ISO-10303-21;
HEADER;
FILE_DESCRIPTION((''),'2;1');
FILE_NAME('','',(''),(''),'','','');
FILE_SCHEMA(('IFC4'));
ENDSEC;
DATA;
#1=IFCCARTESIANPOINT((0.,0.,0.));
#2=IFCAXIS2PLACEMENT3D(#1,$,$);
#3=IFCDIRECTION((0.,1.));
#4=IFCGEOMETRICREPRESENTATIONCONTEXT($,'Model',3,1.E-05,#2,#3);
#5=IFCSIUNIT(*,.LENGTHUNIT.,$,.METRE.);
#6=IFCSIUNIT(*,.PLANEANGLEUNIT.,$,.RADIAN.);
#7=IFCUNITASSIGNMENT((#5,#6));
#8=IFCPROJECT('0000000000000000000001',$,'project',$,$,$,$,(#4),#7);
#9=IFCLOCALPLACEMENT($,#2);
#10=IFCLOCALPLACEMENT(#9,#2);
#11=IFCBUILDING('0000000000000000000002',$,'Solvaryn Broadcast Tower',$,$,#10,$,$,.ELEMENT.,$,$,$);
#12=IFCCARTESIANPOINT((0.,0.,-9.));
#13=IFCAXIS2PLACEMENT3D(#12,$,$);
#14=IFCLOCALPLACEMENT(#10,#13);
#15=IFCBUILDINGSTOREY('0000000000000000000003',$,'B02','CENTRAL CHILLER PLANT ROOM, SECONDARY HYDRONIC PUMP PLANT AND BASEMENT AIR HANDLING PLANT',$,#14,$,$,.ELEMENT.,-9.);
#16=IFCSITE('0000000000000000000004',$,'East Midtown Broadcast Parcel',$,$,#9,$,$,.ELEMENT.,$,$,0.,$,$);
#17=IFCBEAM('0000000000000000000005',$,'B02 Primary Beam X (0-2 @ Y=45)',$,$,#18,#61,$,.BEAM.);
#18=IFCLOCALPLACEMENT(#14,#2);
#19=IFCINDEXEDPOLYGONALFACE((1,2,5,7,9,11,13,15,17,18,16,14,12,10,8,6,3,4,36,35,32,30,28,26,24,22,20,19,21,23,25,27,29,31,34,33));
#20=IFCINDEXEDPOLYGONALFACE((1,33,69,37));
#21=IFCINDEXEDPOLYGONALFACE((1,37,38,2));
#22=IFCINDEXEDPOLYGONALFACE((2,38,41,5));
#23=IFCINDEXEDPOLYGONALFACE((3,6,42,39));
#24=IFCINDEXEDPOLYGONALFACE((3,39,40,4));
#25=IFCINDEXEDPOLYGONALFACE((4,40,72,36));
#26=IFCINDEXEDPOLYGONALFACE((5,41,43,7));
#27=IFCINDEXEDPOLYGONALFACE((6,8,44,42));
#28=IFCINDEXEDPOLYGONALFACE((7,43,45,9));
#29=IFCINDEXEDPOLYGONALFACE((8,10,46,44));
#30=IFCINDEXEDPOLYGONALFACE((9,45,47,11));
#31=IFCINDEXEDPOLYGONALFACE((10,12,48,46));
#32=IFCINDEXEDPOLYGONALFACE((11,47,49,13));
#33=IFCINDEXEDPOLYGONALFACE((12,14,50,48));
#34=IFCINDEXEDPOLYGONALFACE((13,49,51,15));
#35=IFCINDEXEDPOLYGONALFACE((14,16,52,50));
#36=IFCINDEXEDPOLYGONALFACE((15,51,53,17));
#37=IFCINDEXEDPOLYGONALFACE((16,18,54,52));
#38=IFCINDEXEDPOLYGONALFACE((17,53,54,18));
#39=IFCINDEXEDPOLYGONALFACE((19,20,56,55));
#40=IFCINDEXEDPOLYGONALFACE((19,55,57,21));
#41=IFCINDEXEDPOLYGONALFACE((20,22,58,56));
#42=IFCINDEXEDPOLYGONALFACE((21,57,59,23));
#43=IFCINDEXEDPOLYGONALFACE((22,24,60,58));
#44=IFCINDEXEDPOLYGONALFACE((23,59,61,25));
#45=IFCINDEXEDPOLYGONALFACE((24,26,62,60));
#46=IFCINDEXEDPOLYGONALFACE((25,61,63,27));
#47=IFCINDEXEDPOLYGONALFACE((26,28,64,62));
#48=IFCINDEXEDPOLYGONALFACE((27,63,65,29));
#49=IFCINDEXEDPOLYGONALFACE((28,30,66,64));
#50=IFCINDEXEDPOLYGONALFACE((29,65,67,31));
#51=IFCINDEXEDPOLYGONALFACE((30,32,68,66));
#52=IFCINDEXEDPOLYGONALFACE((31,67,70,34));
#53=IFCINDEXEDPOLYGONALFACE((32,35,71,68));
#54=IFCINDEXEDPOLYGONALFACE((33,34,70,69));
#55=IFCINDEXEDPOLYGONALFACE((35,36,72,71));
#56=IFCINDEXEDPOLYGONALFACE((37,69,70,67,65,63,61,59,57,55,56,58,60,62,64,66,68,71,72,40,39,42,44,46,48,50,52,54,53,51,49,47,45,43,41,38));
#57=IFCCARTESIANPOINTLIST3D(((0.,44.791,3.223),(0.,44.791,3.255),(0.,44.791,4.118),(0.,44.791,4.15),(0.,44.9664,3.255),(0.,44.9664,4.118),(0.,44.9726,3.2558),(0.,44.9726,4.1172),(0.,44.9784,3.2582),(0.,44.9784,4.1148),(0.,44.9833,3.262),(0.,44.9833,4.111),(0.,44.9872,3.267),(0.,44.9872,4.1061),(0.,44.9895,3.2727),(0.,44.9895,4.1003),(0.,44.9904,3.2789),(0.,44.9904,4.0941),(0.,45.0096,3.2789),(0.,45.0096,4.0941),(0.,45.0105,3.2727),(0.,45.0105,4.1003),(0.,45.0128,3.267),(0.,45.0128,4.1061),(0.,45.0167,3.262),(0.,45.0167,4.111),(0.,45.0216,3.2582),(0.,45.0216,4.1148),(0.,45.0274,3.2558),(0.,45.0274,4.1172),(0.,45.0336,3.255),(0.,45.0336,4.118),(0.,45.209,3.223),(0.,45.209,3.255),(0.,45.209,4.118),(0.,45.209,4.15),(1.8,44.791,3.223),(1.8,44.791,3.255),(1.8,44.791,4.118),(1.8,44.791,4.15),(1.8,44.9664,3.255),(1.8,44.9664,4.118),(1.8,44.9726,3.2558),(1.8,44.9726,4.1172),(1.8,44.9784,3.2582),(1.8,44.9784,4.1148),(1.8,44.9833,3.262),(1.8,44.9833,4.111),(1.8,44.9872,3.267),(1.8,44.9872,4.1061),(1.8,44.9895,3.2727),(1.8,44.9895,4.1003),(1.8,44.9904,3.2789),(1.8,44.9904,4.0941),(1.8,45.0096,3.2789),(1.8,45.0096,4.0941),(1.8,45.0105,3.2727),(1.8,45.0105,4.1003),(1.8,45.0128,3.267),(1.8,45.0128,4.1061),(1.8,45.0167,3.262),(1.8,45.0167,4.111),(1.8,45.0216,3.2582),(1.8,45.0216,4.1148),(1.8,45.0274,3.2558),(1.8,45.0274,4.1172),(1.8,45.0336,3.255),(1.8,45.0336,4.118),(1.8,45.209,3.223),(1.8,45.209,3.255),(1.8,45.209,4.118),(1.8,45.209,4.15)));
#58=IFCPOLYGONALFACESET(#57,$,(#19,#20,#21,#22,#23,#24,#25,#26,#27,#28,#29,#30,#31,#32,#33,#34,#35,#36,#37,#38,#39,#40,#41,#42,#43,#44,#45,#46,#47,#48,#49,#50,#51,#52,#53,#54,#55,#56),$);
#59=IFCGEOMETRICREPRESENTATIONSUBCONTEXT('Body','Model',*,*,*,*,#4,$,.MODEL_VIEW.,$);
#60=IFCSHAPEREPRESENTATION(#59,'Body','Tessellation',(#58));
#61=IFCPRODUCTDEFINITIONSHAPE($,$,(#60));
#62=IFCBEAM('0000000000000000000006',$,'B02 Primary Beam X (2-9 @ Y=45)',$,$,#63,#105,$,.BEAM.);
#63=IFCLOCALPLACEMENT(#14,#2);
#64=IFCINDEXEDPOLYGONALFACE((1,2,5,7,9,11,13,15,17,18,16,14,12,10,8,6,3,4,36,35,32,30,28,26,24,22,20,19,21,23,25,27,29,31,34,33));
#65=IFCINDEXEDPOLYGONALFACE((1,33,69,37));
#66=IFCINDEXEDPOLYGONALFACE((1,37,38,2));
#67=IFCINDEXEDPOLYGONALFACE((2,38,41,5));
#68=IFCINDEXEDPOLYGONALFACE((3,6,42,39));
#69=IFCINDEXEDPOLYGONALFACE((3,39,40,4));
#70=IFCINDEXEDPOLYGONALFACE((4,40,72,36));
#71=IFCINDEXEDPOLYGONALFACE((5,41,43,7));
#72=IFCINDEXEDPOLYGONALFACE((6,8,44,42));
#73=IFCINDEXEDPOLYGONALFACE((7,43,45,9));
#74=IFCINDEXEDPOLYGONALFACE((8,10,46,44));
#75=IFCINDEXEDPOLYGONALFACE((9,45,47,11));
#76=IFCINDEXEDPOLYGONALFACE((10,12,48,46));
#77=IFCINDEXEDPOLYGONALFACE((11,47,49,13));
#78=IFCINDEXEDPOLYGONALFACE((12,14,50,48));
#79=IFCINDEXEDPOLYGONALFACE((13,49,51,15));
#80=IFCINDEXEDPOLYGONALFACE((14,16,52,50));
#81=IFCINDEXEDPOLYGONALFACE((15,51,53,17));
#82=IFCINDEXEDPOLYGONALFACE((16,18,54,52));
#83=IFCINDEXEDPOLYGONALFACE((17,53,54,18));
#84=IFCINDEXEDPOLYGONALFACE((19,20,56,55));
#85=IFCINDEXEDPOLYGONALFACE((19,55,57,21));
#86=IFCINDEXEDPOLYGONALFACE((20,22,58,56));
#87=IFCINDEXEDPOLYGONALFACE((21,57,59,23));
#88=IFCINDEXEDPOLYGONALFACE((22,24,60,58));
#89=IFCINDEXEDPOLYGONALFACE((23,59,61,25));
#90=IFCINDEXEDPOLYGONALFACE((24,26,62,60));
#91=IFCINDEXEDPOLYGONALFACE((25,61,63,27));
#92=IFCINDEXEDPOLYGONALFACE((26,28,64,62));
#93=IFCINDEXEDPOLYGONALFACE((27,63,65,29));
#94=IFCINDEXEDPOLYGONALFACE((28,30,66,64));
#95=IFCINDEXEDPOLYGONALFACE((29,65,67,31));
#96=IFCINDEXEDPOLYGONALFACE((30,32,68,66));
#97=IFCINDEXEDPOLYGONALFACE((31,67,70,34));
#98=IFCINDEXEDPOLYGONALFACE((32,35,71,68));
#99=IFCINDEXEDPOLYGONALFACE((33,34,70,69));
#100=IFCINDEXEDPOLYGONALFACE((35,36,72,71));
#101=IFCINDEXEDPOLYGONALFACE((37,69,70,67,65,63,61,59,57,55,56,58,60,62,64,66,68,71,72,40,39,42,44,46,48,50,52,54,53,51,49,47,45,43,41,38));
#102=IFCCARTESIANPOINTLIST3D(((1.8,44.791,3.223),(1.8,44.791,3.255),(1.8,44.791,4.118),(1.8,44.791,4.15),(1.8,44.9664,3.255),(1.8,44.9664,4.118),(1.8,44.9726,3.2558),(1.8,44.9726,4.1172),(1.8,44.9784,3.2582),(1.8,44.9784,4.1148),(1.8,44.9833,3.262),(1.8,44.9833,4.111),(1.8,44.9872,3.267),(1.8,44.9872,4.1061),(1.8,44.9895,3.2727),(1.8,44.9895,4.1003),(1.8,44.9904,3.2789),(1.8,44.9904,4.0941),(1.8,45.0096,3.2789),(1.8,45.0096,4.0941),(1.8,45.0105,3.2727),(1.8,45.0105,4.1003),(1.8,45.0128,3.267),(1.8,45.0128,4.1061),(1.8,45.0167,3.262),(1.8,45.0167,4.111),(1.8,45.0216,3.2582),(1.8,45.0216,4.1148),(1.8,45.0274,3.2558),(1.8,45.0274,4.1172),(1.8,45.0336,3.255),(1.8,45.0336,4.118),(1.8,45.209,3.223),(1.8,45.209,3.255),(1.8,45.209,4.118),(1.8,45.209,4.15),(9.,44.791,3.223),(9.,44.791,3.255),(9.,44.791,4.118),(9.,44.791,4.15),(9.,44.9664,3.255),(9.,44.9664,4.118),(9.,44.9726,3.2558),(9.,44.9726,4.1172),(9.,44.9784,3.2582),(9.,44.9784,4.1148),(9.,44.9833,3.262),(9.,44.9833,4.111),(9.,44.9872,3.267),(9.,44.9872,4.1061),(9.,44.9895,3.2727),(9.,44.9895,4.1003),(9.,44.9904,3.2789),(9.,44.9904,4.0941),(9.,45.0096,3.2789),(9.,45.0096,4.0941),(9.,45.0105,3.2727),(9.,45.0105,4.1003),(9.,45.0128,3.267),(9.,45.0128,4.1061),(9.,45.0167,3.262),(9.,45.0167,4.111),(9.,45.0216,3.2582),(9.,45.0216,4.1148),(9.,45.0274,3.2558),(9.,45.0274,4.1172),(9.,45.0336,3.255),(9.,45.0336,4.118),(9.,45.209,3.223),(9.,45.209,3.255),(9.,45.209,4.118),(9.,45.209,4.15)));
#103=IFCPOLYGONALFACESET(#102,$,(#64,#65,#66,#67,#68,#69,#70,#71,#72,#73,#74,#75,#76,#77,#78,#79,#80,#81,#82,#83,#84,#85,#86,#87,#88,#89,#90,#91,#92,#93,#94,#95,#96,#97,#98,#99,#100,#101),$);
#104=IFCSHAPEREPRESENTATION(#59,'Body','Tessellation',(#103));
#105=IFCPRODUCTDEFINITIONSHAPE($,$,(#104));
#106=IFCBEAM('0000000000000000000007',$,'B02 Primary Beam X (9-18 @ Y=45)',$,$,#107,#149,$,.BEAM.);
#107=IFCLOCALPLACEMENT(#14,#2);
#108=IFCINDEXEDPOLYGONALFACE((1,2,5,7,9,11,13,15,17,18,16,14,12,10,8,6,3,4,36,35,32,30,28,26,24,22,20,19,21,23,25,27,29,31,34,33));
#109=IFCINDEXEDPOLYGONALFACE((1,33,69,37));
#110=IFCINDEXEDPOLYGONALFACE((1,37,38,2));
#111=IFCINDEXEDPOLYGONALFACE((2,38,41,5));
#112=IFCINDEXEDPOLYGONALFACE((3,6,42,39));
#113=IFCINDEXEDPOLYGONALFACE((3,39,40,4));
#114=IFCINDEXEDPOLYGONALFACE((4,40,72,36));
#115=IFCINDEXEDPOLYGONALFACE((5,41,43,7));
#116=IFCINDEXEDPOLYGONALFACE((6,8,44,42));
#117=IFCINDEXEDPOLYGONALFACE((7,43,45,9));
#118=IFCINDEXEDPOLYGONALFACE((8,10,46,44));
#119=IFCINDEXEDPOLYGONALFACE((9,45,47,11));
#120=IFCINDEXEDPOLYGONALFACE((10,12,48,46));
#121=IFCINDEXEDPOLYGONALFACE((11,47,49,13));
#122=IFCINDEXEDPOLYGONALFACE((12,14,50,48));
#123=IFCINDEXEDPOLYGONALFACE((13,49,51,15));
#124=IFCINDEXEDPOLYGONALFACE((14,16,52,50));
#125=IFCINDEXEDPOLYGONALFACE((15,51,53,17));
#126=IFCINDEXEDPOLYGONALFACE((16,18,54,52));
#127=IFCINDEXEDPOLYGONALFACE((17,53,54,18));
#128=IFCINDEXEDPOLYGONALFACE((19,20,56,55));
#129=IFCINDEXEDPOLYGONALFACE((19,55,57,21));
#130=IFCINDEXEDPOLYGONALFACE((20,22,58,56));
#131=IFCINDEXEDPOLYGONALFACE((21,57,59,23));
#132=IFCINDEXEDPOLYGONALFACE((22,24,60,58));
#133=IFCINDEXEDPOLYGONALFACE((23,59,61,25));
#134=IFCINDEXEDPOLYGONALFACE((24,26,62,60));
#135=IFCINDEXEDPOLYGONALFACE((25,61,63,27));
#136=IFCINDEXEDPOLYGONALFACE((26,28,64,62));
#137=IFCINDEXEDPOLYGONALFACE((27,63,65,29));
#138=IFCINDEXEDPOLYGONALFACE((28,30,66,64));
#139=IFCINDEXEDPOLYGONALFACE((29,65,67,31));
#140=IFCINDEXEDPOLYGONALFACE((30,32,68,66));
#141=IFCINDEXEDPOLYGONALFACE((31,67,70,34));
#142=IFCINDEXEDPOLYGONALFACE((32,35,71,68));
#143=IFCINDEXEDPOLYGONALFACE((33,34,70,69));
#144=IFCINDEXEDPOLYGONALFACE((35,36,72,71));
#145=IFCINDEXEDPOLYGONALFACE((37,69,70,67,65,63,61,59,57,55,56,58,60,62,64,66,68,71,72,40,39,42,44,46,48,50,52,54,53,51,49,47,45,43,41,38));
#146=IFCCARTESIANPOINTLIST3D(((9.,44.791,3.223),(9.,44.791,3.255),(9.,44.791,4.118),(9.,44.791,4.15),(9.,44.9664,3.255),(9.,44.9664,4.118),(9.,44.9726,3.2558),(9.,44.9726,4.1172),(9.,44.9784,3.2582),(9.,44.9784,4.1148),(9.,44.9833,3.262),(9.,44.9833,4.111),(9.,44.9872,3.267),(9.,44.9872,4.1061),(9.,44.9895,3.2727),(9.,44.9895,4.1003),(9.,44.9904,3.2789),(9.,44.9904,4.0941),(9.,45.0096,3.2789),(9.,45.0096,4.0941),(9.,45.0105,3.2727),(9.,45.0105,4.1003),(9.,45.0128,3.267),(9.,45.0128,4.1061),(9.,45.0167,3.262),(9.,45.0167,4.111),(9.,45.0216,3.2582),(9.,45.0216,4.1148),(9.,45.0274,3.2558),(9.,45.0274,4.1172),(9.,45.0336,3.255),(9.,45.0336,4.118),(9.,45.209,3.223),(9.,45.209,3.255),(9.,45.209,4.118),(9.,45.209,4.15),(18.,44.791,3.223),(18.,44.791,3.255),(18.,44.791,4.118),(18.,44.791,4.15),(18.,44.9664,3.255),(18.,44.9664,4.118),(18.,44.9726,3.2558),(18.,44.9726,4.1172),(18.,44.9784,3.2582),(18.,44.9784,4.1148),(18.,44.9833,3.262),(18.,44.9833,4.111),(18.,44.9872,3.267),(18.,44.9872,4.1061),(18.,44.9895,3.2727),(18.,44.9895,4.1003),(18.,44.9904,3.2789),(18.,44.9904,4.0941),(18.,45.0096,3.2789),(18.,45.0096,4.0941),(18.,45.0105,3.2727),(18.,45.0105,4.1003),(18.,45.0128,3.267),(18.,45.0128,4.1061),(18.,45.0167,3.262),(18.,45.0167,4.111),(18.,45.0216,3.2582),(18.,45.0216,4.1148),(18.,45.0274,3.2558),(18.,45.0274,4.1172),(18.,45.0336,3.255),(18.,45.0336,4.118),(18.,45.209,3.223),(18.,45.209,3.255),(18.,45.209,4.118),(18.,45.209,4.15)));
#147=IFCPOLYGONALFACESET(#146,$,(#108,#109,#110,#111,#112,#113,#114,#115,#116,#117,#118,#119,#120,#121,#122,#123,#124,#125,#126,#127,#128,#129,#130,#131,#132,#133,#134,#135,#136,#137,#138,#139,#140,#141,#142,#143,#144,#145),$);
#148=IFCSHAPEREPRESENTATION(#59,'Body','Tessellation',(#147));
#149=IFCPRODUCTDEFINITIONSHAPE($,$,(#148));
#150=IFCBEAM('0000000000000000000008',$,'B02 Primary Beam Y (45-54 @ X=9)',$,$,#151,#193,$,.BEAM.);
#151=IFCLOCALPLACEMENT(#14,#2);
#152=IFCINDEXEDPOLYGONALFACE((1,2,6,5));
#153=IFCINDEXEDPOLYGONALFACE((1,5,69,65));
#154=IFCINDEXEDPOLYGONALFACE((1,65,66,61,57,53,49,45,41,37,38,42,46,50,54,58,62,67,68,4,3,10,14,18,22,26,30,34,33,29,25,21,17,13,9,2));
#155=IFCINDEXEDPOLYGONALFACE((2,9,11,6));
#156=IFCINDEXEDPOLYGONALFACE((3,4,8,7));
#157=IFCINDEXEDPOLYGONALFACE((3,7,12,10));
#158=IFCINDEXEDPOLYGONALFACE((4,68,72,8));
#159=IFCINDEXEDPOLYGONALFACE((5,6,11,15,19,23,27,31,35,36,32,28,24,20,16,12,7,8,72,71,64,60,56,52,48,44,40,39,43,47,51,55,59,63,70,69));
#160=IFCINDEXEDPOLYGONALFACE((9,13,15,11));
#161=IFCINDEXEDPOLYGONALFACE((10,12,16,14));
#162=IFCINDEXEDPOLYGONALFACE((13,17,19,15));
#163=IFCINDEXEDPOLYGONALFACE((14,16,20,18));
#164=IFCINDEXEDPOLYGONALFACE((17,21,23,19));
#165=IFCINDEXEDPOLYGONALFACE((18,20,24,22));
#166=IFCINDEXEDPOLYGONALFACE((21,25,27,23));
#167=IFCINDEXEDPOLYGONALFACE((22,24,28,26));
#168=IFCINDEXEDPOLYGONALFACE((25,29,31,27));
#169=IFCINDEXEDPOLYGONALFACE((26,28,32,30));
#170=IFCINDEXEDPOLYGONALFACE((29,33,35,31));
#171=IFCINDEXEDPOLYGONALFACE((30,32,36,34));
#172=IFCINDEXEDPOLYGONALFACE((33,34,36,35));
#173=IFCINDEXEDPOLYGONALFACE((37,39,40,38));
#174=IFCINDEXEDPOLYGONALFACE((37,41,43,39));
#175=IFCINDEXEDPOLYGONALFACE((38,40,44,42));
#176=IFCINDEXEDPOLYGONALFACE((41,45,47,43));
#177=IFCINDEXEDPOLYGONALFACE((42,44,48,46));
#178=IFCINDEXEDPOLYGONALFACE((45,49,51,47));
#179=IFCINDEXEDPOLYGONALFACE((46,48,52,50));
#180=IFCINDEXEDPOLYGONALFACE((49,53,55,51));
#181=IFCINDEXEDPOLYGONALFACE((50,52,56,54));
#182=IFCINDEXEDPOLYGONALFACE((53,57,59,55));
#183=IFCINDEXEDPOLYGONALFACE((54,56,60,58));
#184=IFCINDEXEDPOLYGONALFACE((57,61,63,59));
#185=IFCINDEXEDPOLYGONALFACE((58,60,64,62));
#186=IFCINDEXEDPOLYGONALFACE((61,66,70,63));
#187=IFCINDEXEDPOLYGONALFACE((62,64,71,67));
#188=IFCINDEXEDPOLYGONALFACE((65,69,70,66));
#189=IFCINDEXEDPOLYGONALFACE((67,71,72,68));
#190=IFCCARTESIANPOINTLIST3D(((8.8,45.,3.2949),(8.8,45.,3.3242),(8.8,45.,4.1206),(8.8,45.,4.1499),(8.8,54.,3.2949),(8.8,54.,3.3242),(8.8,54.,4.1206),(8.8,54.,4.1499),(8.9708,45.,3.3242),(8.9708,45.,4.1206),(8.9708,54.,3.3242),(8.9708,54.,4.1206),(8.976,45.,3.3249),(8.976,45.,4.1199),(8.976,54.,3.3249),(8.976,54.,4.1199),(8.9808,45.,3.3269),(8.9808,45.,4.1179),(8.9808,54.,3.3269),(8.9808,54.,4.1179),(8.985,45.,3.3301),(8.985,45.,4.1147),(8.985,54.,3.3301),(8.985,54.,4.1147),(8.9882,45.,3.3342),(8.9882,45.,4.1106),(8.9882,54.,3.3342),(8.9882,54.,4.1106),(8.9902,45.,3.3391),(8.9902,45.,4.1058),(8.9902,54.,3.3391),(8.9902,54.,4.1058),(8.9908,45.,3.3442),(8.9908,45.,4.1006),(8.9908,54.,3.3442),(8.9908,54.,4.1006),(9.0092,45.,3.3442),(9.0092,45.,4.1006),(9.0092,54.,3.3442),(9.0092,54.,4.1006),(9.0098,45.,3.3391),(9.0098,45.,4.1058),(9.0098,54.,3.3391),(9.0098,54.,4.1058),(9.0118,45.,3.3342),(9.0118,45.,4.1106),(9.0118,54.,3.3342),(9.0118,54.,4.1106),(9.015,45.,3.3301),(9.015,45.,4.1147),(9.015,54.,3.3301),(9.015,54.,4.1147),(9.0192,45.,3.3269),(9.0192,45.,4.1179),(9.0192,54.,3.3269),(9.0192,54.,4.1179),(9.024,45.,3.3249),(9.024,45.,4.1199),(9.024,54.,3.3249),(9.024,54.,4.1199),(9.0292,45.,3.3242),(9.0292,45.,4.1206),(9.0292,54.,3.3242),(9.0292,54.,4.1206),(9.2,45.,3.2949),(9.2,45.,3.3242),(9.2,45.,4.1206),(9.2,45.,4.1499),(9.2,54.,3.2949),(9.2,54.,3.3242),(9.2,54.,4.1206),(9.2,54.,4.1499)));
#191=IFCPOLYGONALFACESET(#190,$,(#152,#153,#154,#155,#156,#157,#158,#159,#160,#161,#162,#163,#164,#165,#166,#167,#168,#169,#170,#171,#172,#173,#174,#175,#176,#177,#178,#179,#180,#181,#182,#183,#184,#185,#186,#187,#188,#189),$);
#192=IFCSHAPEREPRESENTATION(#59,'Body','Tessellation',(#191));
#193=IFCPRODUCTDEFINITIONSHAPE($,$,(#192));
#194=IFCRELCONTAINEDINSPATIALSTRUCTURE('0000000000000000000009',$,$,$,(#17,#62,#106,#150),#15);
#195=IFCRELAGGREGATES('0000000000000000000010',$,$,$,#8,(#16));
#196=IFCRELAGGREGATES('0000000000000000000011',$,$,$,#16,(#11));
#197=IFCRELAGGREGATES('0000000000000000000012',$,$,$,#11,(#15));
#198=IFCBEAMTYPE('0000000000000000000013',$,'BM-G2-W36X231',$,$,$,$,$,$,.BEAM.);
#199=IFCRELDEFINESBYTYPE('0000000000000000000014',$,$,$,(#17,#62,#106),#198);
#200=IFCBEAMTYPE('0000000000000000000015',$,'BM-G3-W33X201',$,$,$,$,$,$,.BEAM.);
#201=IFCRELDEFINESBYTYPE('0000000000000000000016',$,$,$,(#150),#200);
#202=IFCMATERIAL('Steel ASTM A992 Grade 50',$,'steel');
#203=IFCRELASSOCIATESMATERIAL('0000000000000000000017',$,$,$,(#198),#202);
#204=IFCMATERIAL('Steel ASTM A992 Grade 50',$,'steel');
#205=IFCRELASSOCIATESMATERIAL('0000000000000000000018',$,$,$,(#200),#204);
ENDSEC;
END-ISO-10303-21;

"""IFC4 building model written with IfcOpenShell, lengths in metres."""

from ifc_helpers import new_model, si_unit, direction, frame, origin, origin_2d, place, context, subcontext, project, spatial, i_section, extrude, material, material_profile, profile_set, type_object, element, save


model = new_model("IFC4")

# Units and contexts
model_context = context("Model", 3, precision=1e-05, world=origin(), true_north=direction((0.0, 1.0)))
body_context = subcontext(model_context, "Body", "Model", "MODEL_VIEW")
ifc_project = project(units=[si_unit("LENGTHUNIT", "METRE"), si_unit("PLANEANGLEUNIT", "RADIAN")], contexts=[model_context])

# Site, building, storey
site_placement = place(None, origin())
site = spatial("IfcSite", under=ifc_project, at=site_placement, Name="East Midtown Broadcast Parcel", CompositionType="ELEMENT", RefElevation=0.0)
building_placement = place(site_placement, origin())
building = spatial("IfcBuilding", under=site, at=building_placement, Name="Solvaryn Broadcast Tower", CompositionType="ELEMENT")
storey_placement = place(building_placement, frame((0.0, 0.0, -9.0)))
storey = spatial("IfcBuildingStorey", under=building, at=storey_placement, Name="B02", Description="CENTRAL CHILLER PLANT ROOM, SECONDARY HYDRONIC PUMP PLANT AND BASEMENT AIR HANDLING PLANT", CompositionType="ELEMENT", Elevation=-9.0)

# Beams
ifc_material_1 = material(Name="Steel ASTM A992 Grade 50", Category="steel")
ifc_material_profile_1 = material_profile(ifc_material_1, i_section(OverallWidth=0.418, OverallDepth=0.927, WebThickness=0.0193, FlangeThickness=0.032, FilletRadius=0.0239, at=origin_2d()))
ifc_profile_set_1 = profile_set([ifc_material_profile_1], Name="Steel ASTM A992 Grade 50")
beam_type_1 = type_object("IfcBeamType", Name="BM-G2-W36X231", PredefinedType="BEAM", material=ifc_profile_set_1)
beam_1_placement = place(storey_placement, frame((0.0, 45.0, 3.6865), z_axis=(1.0, 0.0, 0.0), x_axis=(0.0, 1.0, 0.0)))
element("IfcBeam", 1, at=beam_1_placement, inside=storey, type_object=beam_type_1, Name="B02 Primary Beam X (0-2 @ Y=45)", PredefinedType="BEAM", context=body_context, shape_type="SweptSolid", body=[
    extrude(i_section(OverallWidth=0.418, OverallDepth=0.927, WebThickness=0.0193, FlangeThickness=0.032, FilletRadius=0.0239, at=origin_2d()), origin(), (0.0, 0.0, 1.0), 1.8),
])
beam_2_placement = place(storey_placement, frame((1.8, 45.0, 3.6865), z_axis=(1.0, 0.0, 0.0), x_axis=(0.0, 1.0, 0.0)))
element("IfcBeam", 2, at=beam_2_placement, inside=storey, type_object=beam_type_1, Name="B02 Primary Beam X (2-9 @ Y=45)", PredefinedType="BEAM", context=body_context, shape_type="SweptSolid", body=[
    extrude(i_section(OverallWidth=0.418, OverallDepth=0.927, WebThickness=0.0193, FlangeThickness=0.032, FilletRadius=0.0239, at=origin_2d()), origin(), (0.0, 0.0, 1.0), 7.2),
])
beam_3_placement = place(storey_placement, frame((9.0, 45.0, 3.6865), z_axis=(1.0, 0.0, 0.0), x_axis=(0.0, 1.0, 0.0)))
element("IfcBeam", 3, at=beam_3_placement, inside=storey, type_object=beam_type_1, Name="B02 Primary Beam X (9-18 @ Y=45)", PredefinedType="BEAM", context=body_context, shape_type="SweptSolid", body=[
    extrude(i_section(OverallWidth=0.418, OverallDepth=0.927, WebThickness=0.0193, FlangeThickness=0.032, FilletRadius=0.0239, at=origin_2d()), origin(), (0.0, 0.0, 1.0), 9.0),
])
ifc_material_2 = material(Name="Steel ASTM A992 Grade 50", Category="steel")
ifc_material_profile_2 = material_profile(ifc_material_2, i_section(OverallWidth=0.3999, OverallDepth=0.855, WebThickness=0.0183, FlangeThickness=0.0293, FilletRadius=0.02, at=origin_2d()))
ifc_profile_set_2 = profile_set([ifc_material_profile_2], Name="Steel ASTM A992 Grade 50")
beam_type_2 = type_object("IfcBeamType", Name="BM-G3-W33X201", PredefinedType="BEAM", material=ifc_profile_set_2)
beam_4_placement = place(storey_placement, frame((9.0, 45.0, 3.7224), z_axis=(0.0, 1.0, 0.0), x_axis=(-1.0, 0.0, 0.0)))
element("IfcBeam", 4, at=beam_4_placement, inside=storey, type_object=beam_type_2, Name="B02 Primary Beam Y (45-54 @ X=9)", PredefinedType="BEAM", context=body_context, shape_type="SweptSolid", body=[
    extrude(i_section(OverallWidth=0.3999, OverallDepth=0.855, WebThickness=0.0183, FlangeThickness=0.0293, FilletRadius=0.02, at=origin_2d()), origin(), (0.0, 0.0, 1.0), 9.0),
])

save(model, "model.ifc")
